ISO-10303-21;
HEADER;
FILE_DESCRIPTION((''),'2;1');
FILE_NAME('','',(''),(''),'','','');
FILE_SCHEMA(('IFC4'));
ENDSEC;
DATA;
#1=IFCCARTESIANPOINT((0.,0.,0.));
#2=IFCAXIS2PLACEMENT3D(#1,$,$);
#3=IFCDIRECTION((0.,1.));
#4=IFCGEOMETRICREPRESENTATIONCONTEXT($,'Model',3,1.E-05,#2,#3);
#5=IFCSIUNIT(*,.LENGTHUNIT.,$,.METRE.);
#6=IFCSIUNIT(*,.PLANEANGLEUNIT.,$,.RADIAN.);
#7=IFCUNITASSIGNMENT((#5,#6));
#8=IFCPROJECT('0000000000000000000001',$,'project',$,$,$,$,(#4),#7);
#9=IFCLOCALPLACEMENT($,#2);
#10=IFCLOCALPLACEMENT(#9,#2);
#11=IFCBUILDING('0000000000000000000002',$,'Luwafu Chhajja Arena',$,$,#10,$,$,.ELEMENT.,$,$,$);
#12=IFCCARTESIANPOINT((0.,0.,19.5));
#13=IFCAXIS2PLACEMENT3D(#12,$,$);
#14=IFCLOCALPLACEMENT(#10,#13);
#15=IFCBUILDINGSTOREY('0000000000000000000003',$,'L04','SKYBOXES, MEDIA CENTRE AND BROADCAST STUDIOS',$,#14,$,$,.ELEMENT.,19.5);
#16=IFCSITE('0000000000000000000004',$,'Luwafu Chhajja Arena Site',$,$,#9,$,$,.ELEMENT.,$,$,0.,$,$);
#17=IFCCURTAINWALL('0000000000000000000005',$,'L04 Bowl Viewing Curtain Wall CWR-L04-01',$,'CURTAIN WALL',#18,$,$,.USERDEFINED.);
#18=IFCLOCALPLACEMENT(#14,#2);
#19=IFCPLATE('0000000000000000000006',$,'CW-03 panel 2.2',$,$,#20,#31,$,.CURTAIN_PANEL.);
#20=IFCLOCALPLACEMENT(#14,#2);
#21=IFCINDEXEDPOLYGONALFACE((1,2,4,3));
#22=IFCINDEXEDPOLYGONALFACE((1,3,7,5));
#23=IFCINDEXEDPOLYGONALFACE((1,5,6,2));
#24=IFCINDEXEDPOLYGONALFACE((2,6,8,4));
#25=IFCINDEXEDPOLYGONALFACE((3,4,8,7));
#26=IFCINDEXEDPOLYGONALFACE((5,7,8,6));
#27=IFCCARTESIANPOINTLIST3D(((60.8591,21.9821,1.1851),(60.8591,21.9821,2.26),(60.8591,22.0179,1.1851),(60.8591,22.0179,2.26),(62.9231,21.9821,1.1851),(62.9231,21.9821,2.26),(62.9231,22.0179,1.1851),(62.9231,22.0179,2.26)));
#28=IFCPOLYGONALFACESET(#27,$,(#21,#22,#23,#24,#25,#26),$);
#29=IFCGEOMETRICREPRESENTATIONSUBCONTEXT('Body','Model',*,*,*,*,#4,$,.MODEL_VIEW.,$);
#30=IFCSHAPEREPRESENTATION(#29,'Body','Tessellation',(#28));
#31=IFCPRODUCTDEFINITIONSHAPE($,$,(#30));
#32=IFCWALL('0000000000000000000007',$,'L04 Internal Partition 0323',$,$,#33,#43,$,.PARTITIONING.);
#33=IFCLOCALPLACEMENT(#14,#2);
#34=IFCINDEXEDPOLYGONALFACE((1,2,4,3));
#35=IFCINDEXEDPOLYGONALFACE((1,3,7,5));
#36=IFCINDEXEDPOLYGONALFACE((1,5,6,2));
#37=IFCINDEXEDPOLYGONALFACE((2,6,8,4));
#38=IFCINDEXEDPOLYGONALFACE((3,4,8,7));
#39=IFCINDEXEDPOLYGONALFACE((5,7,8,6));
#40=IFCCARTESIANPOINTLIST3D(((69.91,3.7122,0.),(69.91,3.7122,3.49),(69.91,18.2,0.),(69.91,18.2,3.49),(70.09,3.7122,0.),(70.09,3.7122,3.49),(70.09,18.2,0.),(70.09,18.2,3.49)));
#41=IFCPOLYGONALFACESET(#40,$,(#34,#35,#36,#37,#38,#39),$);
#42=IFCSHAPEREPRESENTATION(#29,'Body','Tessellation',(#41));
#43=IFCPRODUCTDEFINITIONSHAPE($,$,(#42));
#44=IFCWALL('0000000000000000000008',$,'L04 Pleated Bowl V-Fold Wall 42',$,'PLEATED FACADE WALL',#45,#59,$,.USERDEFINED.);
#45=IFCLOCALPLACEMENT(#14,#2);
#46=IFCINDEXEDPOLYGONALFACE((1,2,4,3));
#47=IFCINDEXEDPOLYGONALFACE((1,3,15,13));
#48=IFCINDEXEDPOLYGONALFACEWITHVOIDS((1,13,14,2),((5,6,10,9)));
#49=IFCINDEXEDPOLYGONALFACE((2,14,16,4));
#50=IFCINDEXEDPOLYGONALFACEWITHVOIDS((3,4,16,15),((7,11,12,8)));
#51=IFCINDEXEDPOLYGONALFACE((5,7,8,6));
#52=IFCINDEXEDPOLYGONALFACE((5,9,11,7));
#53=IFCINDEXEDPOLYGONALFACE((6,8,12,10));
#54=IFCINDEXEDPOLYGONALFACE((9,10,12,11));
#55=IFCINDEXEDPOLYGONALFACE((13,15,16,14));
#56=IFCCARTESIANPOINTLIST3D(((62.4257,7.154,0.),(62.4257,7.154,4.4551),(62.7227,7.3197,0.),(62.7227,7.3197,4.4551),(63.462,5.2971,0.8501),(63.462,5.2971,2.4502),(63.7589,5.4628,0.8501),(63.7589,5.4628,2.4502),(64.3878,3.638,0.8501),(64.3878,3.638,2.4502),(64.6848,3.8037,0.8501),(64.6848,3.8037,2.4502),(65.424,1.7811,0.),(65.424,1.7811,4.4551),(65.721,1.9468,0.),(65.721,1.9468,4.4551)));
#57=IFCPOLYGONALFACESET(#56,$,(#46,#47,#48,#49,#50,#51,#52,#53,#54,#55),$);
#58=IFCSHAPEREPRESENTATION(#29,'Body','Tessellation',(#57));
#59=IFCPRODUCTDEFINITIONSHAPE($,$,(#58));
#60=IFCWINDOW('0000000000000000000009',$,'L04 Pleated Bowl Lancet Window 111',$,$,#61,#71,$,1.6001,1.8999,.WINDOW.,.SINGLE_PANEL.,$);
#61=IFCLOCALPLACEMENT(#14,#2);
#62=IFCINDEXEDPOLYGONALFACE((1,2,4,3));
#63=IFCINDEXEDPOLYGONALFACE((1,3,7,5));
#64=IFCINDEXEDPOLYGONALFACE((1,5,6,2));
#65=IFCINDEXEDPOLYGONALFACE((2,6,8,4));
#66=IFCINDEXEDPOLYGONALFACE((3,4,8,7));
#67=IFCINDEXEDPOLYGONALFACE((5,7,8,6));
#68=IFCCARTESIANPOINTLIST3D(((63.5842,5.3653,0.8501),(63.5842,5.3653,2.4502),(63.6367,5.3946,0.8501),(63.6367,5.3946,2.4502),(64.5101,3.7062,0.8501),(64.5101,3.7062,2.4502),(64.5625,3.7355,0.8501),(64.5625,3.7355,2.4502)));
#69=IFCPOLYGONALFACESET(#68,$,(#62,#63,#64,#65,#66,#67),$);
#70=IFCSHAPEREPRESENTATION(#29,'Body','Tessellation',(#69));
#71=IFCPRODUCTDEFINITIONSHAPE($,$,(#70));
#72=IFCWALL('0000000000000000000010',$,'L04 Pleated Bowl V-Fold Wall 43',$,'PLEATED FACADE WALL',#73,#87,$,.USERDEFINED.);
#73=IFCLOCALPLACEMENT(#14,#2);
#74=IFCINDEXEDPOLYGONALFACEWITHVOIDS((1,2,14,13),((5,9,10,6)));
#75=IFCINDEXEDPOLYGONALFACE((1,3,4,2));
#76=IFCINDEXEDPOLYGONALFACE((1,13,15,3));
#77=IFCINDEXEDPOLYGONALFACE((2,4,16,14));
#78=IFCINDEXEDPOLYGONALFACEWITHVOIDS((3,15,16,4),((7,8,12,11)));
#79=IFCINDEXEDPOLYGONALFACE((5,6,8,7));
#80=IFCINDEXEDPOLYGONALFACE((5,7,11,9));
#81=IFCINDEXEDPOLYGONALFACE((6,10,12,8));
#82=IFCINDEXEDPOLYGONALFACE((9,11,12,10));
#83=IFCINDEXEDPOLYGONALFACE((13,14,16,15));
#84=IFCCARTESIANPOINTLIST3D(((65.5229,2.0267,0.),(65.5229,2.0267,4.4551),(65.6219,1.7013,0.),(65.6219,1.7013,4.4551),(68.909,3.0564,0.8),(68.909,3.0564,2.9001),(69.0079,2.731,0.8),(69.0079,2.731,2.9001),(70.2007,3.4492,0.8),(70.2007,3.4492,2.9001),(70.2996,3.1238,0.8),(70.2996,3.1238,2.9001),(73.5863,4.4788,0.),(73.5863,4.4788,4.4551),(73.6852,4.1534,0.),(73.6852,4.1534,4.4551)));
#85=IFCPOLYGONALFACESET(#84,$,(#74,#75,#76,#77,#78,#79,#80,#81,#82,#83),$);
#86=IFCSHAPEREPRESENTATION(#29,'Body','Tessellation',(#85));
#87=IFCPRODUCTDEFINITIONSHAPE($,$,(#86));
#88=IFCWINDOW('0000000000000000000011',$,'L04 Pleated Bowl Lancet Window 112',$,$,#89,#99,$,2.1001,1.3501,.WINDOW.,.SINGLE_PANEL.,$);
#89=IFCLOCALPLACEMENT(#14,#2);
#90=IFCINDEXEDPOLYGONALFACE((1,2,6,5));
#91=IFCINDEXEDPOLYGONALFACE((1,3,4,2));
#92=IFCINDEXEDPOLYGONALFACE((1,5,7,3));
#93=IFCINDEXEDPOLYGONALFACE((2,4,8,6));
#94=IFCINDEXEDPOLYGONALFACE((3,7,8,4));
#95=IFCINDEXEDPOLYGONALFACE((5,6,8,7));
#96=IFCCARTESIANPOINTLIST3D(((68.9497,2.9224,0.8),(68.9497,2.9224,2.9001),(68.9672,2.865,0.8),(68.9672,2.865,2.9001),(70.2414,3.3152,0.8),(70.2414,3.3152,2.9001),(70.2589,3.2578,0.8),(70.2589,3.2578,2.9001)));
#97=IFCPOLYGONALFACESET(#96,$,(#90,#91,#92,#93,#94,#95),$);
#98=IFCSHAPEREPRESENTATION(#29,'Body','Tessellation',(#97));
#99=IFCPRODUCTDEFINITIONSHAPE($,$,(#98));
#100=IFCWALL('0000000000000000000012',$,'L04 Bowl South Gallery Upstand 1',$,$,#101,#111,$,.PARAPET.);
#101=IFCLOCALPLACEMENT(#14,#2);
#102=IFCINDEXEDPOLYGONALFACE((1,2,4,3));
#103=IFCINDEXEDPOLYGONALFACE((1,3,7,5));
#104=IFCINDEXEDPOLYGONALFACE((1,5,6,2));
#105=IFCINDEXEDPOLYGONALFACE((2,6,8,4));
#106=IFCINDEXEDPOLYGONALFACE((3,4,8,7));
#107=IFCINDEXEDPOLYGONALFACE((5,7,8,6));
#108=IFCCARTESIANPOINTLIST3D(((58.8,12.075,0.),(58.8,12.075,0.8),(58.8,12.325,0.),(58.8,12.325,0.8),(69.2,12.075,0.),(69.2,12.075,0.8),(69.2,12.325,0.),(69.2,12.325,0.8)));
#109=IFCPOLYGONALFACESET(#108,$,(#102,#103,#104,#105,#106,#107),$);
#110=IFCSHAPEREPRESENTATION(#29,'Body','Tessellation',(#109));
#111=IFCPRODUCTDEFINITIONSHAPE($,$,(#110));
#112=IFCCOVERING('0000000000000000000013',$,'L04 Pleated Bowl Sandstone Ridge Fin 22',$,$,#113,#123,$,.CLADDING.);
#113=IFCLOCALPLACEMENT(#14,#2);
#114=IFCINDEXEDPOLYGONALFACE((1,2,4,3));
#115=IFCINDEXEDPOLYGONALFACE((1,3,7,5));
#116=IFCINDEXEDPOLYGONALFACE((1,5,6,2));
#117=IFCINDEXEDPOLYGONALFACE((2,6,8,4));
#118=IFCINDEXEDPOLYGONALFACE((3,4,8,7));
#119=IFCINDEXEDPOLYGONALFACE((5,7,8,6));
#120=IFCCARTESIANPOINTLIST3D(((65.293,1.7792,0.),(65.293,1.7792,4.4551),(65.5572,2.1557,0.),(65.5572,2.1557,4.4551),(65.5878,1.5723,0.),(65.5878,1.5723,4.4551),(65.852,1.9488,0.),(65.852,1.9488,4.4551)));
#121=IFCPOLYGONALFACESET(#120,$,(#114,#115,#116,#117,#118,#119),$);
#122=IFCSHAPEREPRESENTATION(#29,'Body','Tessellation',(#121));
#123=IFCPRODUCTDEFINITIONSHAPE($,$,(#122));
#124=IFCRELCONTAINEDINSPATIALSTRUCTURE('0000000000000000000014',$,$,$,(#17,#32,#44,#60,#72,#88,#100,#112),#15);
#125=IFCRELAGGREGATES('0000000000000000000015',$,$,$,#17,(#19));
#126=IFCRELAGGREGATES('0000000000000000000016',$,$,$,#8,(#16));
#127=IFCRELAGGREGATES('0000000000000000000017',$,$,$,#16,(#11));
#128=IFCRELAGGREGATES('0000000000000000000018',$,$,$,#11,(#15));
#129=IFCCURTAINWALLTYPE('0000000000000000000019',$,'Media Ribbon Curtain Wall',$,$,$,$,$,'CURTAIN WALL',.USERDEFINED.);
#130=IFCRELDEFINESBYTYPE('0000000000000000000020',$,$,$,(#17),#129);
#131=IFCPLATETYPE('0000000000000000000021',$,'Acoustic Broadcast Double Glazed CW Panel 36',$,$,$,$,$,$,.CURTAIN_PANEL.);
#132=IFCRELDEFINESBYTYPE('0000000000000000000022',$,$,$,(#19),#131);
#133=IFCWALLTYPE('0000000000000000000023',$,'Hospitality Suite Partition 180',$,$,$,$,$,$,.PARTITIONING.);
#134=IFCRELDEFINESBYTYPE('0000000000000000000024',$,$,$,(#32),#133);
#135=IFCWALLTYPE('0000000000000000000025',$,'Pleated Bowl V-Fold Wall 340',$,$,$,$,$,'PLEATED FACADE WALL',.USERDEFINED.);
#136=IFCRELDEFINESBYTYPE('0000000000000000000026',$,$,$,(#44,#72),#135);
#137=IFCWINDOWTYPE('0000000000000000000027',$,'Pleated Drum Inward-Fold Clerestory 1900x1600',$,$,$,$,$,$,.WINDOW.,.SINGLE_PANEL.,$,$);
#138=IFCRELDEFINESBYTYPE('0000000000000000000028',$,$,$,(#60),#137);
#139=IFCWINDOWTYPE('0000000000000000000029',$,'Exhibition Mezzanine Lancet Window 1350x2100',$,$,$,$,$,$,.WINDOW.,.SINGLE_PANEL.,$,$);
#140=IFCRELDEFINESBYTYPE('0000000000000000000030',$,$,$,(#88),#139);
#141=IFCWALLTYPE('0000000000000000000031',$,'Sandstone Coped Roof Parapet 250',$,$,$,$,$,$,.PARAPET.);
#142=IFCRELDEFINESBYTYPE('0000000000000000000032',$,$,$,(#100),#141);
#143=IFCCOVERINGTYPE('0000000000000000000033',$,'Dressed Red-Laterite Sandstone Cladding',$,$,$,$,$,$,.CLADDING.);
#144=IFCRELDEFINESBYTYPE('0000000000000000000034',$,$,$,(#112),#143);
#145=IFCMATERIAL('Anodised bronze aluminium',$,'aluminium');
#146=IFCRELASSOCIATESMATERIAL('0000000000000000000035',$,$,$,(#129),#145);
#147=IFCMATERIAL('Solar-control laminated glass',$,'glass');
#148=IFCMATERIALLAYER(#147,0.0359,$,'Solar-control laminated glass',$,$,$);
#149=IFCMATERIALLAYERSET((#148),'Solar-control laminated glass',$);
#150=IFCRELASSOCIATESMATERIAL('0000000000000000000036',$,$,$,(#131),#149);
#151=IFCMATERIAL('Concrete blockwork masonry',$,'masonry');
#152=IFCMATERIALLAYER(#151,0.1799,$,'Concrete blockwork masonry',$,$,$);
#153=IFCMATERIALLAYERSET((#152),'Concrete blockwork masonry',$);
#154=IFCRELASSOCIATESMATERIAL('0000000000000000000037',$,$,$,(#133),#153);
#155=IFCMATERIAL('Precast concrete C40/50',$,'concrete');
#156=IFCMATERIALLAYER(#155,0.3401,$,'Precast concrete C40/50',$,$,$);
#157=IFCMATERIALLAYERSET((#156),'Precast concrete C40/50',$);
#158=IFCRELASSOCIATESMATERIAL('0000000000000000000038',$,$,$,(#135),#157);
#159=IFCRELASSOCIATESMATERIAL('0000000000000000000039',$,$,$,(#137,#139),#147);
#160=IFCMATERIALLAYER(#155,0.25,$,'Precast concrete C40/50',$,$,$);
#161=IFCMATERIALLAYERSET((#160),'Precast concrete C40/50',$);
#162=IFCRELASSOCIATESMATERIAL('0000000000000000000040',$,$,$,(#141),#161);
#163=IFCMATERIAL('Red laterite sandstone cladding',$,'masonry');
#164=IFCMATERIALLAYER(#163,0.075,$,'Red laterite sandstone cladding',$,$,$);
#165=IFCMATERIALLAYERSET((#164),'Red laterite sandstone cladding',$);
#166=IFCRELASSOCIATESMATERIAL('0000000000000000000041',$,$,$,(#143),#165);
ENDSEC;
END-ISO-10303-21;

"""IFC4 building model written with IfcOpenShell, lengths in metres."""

from ifc_helpers import new_model, si_unit, direction, frame, frame_2d, origin, origin_2d, place, context, subcontext, project, spatial, rectangle, extrude, material, layer, layer_set, type_object, element, fill, aggregate, save


model = new_model("IFC4")

# Units and contexts
model_context = context("Model", 3, precision=1e-05, world=origin(), true_north=direction((0.0, 1.0)))
body_context = subcontext(model_context, "Body", "Model", "MODEL_VIEW")
ifc_project = project(units=[si_unit("LENGTHUNIT", "METRE"), si_unit("PLANEANGLEUNIT", "RADIAN")], contexts=[model_context])

# Site, building, storey
site_placement = place(None, origin())
site = spatial("IfcSite", under=ifc_project, at=site_placement, Name="Luwafu Chhajja Arena Site", CompositionType="ELEMENT", RefElevation=0.0)
building_placement = place(site_placement, origin())
building = spatial("IfcBuilding", under=site, at=building_placement, Name="Luwafu Chhajja Arena", CompositionType="ELEMENT")
storey_placement = place(building_placement, frame((0.0, 0.0, 19.5)))
storey = spatial("IfcBuildingStorey", under=building, at=storey_placement, Name="L04", Description="SKYBOXES, MEDIA CENTRE AND BROADCAST STUDIOS", CompositionType="ELEMENT", Elevation=19.5)

# Curtain wall
ifc_material_1 = material(Name="Anodised bronze aluminium", Category="aluminium")
curtain_wall_type = type_object("IfcCurtainWallType", Name="Media Ribbon Curtain Wall", ElementType="CURTAIN WALL", PredefinedType="USERDEFINED", material=ifc_material_1)
curtain_wall_placement = place(storey_placement, origin())
curtain_wall = element("IfcCurtainWall", 1, at=curtain_wall_placement, inside=storey, type_object=curtain_wall_type, Name="L04 Bowl Viewing Curtain Wall CWR-L04-01", ObjectType="CURTAIN WALL", PredefinedType="USERDEFINED")

# Plate
ifc_material_2 = material(Name="Solar-control laminated glass", Category="glass")
ifc_layer_1 = layer(ifc_material_2, 0.0359, Name="Solar-control laminated glass")
ifc_layer_set_1 = layer_set([ifc_layer_1], Name="Solar-control laminated glass")
plate_type = type_object("IfcPlateType", Name="Acoustic Broadcast Double Glazed CW Panel 36", PredefinedType="CURTAIN_PANEL", material=ifc_layer_set_1)
plate_1_placement = place(storey_placement, frame((61.8911, 22.0, 1.1851), z_axis=(0.0, 0.0, 1.0), x_axis=(1.0, 0.0, 0.0)))
plate_1 = element("IfcPlate", 2, at=plate_1_placement, type_object=plate_type, Name="CW-03 panel 2.2", PredefinedType="CURTAIN_PANEL", context=body_context, shape_type="SweptSolid", body=[
    extrude(rectangle(XDim=2.064, YDim=0.0359, at=origin_2d()), origin(), (0.0, 0.0, 1.0), 1.075),
])
aggregate(curtain_wall, [plate_1])

# Wall
ifc_material_3 = material(Name="Concrete blockwork masonry", Category="masonry")
ifc_layer_2 = layer(ifc_material_3, 0.1799, Name="Concrete blockwork masonry")
ifc_layer_set_2 = layer_set([ifc_layer_2], Name="Concrete blockwork masonry")
wall_type_1 = type_object("IfcWallType", Name="Hospitality Suite Partition 180", PredefinedType="PARTITIONING", material=ifc_layer_set_2)
wall_1_placement = place(storey_placement, frame((70.0, 3.7122, 0.0), z_axis=(0.0, 0.0, 1.0), x_axis=(0.0, 1.0, 0.0)))
element("IfcWall", 3, at=wall_1_placement, inside=storey, type_object=wall_type_1, Name="L04 Internal Partition 0323", PredefinedType="PARTITIONING", context=body_context, shape_type="SweptSolid", body=[
    extrude(rectangle(XDim=14.4878, YDim=0.1799, at=frame_2d((7.2439, 0.0))), origin(), (0.0, 0.0, 1.0), 3.49),
])

# Walls, openings, windows
ifc_material_4 = material(Name="Precast concrete C40/50", Category="concrete")
ifc_layer_3 = layer(ifc_material_4, 0.3401, Name="Precast concrete C40/50")
ifc_layer_set_3 = layer_set([ifc_layer_3], Name="Precast concrete C40/50")
wall_type_2 = type_object("IfcWallType", Name="Pleated Bowl V-Fold Wall 340", ElementType="PLEATED FACADE WALL", PredefinedType="USERDEFINED", material=ifc_layer_set_3)
wall_2_placement = place(storey_placement, frame((62.5742, 7.2368, 0.0), z_axis=(0.0, 0.0, 1.0), x_axis=(0.487306, -0.873231, 0.0)))
wall_2 = element("IfcWall", 4, at=wall_2_placement, inside=storey, type_object=wall_type_2, Name="L04 Pleated Bowl V-Fold Wall 42", ObjectType="PLEATED FACADE WALL", PredefinedType="USERDEFINED", context=body_context, shape_type="SweptSolid", body=[
    extrude(rectangle(XDim=6.1528, YDim=0.3401, at=frame_2d((3.0764, 0.0))), origin(), (0.0, 0.0, 1.0), 4.4551),
])
opening_1_placement = place(wall_2_placement, frame((2.1265, 0.0, 0.8501)))
opening_1 = element("IfcOpeningElement", 5, at=opening_1_placement, cuts=wall_2, PredefinedType="OPENING", context=body_context, shape_type="SweptSolid", body=[
    extrude(rectangle(XDim=1.8999, YDim=1.6001, at=frame_2d((0.95, 0.8))), frame((0.0, 0.1799, 0.0), z_axis=(0.0, -1.0, 0.0), x_axis=(1.0, 0.0, 0.0)), (0.0, 0.0, 1.0), 0.3601),
])
window_type_1 = type_object("IfcWindowType", Name="Pleated Drum Inward-Fold Clerestory 1900x1600", PartitioningType="SINGLE_PANEL", PredefinedType="WINDOW", material=ifc_material_2)
window_1_placement = place(opening_1_placement, origin())
window_1 = element("IfcWindow", 6, at=window_1_placement, inside=storey, type_object=window_type_1, Name="L04 Pleated Bowl Lancet Window 111", OverallHeight=1.6001, OverallWidth=1.8999, PartitioningType="SINGLE_PANEL", PredefinedType="WINDOW", context=body_context, shape_type="SweptSolid", body=[
    extrude(rectangle(XDim=1.8999, YDim=1.6001, at=frame_2d((0.95, 0.8))), frame((0.0, 0.03, 0.0), z_axis=(0.0, -1.0, 0.0), x_axis=(1.0, 0.0, 0.0)), (0.0, 0.0, 1.0), 0.0601),
])
fill(opening_1, window_1)
wall_3_placement = place(storey_placement, frame((65.5725, 1.864, 0.0), z_axis=(0.0, 0.0, 1.0), x_axis=(0.956738, 0.29095, 0.0)))
wall_3 = element("IfcWall", 7, at=wall_3_placement, inside=storey, type_object=wall_type_2, Name="L04 Pleated Bowl V-Fold Wall 43", ObjectType="PLEATED FACADE WALL", PredefinedType="USERDEFINED", context=body_context, shape_type="SweptSolid", body=[
    extrude(rectangle(XDim=8.428, YDim=0.3401, at=frame_2d((4.2139, 0.0))), origin(), (0.0, 0.0, 1.0), 4.4551),
])
opening_2_placement = place(wall_3_placement, frame((3.5391, 0.0, 0.8)))
opening_2 = element("IfcOpeningElement", 8, at=opening_2_placement, cuts=wall_3, PredefinedType="OPENING", context=body_context, shape_type="SweptSolid", body=[
    extrude(rectangle(XDim=1.3501, YDim=2.1001, at=frame_2d((0.675, 1.05))), frame((0.0, 0.1799, 0.0), z_axis=(0.0, -1.0, 0.0), x_axis=(1.0, 0.0, 0.0)), (0.0, 0.0, 1.0), 0.3601),
])
window_type_2 = type_object("IfcWindowType", Name="Exhibition Mezzanine Lancet Window 1350x2100", PartitioningType="SINGLE_PANEL", PredefinedType="WINDOW", material=ifc_material_2)
window_2_placement = place(opening_2_placement, origin())
window_2 = element("IfcWindow", 9, at=window_2_placement, inside=storey, type_object=window_type_2, Name="L04 Pleated Bowl Lancet Window 112", OverallHeight=2.1001, OverallWidth=1.3501, PartitioningType="SINGLE_PANEL", PredefinedType="WINDOW", context=body_context, shape_type="SweptSolid", body=[
    extrude(rectangle(XDim=1.3501, YDim=2.1001, at=frame_2d((0.675, 1.05))), frame((0.0, 0.03, 0.0), z_axis=(0.0, -1.0, 0.0), x_axis=(1.0, 0.0, 0.0)), (0.0, 0.0, 1.0), 0.0601),
])
fill(opening_2, window_2)

# Wall
ifc_layer_4 = layer(ifc_material_4, 0.25, Name="Precast concrete C40/50")
ifc_layer_set_4 = layer_set([ifc_layer_4], Name="Precast concrete C40/50")
wall_type_3 = type_object("IfcWallType", Name="Sandstone Coped Roof Parapet 250", PredefinedType="PARAPET", material=ifc_layer_set_4)
wall_4_placement = place(storey_placement, frame((58.8, 12.2, 0.0), z_axis=(0.0, 0.0, 1.0), x_axis=(1.0, 0.0, 0.0)))
element("IfcWall", 10, at=wall_4_placement, inside=storey, type_object=wall_type_3, Name="L04 Bowl South Gallery Upstand 1", PredefinedType="PARAPET", context=body_context, shape_type="SweptSolid", body=[
    extrude(rectangle(XDim=10.3999, YDim=0.25, at=frame_2d((5.2, 0.0))), origin(), (0.0, 0.0, 1.0), 0.8),
])

# Covering
ifc_material_5 = material(Name="Red laterite sandstone cladding", Category="masonry")
ifc_layer_5 = layer(ifc_material_5, 0.075, Name="Red laterite sandstone cladding")
ifc_layer_set_5 = layer_set([ifc_layer_5], Name="Red laterite sandstone cladding")
covering_type = type_object("IfcCoveringType", Name="Dressed Red-Laterite Sandstone Cladding", PredefinedType="CLADDING", material=ifc_layer_set_5)
covering_placement = place(storey_placement, frame((65.5725, 1.864, 0.0), z_axis=(0.0, 0.0, 1.0), x_axis=(-0.574411, -0.818567, 0.0)))
element("IfcCovering", 11, at=covering_placement, inside=storey, type_object=covering_type, Name="L04 Pleated Bowl Sandstone Ridge Fin 22", PredefinedType="CLADDING", context=body_context, shape_type="SweptSolid", body=[
    extrude(rectangle(XDim=0.46, YDim=0.3601, at=origin_2d()), origin(), (0.0, 0.0, 1.0), 4.4551),
])

save(model, "model.ifc")
